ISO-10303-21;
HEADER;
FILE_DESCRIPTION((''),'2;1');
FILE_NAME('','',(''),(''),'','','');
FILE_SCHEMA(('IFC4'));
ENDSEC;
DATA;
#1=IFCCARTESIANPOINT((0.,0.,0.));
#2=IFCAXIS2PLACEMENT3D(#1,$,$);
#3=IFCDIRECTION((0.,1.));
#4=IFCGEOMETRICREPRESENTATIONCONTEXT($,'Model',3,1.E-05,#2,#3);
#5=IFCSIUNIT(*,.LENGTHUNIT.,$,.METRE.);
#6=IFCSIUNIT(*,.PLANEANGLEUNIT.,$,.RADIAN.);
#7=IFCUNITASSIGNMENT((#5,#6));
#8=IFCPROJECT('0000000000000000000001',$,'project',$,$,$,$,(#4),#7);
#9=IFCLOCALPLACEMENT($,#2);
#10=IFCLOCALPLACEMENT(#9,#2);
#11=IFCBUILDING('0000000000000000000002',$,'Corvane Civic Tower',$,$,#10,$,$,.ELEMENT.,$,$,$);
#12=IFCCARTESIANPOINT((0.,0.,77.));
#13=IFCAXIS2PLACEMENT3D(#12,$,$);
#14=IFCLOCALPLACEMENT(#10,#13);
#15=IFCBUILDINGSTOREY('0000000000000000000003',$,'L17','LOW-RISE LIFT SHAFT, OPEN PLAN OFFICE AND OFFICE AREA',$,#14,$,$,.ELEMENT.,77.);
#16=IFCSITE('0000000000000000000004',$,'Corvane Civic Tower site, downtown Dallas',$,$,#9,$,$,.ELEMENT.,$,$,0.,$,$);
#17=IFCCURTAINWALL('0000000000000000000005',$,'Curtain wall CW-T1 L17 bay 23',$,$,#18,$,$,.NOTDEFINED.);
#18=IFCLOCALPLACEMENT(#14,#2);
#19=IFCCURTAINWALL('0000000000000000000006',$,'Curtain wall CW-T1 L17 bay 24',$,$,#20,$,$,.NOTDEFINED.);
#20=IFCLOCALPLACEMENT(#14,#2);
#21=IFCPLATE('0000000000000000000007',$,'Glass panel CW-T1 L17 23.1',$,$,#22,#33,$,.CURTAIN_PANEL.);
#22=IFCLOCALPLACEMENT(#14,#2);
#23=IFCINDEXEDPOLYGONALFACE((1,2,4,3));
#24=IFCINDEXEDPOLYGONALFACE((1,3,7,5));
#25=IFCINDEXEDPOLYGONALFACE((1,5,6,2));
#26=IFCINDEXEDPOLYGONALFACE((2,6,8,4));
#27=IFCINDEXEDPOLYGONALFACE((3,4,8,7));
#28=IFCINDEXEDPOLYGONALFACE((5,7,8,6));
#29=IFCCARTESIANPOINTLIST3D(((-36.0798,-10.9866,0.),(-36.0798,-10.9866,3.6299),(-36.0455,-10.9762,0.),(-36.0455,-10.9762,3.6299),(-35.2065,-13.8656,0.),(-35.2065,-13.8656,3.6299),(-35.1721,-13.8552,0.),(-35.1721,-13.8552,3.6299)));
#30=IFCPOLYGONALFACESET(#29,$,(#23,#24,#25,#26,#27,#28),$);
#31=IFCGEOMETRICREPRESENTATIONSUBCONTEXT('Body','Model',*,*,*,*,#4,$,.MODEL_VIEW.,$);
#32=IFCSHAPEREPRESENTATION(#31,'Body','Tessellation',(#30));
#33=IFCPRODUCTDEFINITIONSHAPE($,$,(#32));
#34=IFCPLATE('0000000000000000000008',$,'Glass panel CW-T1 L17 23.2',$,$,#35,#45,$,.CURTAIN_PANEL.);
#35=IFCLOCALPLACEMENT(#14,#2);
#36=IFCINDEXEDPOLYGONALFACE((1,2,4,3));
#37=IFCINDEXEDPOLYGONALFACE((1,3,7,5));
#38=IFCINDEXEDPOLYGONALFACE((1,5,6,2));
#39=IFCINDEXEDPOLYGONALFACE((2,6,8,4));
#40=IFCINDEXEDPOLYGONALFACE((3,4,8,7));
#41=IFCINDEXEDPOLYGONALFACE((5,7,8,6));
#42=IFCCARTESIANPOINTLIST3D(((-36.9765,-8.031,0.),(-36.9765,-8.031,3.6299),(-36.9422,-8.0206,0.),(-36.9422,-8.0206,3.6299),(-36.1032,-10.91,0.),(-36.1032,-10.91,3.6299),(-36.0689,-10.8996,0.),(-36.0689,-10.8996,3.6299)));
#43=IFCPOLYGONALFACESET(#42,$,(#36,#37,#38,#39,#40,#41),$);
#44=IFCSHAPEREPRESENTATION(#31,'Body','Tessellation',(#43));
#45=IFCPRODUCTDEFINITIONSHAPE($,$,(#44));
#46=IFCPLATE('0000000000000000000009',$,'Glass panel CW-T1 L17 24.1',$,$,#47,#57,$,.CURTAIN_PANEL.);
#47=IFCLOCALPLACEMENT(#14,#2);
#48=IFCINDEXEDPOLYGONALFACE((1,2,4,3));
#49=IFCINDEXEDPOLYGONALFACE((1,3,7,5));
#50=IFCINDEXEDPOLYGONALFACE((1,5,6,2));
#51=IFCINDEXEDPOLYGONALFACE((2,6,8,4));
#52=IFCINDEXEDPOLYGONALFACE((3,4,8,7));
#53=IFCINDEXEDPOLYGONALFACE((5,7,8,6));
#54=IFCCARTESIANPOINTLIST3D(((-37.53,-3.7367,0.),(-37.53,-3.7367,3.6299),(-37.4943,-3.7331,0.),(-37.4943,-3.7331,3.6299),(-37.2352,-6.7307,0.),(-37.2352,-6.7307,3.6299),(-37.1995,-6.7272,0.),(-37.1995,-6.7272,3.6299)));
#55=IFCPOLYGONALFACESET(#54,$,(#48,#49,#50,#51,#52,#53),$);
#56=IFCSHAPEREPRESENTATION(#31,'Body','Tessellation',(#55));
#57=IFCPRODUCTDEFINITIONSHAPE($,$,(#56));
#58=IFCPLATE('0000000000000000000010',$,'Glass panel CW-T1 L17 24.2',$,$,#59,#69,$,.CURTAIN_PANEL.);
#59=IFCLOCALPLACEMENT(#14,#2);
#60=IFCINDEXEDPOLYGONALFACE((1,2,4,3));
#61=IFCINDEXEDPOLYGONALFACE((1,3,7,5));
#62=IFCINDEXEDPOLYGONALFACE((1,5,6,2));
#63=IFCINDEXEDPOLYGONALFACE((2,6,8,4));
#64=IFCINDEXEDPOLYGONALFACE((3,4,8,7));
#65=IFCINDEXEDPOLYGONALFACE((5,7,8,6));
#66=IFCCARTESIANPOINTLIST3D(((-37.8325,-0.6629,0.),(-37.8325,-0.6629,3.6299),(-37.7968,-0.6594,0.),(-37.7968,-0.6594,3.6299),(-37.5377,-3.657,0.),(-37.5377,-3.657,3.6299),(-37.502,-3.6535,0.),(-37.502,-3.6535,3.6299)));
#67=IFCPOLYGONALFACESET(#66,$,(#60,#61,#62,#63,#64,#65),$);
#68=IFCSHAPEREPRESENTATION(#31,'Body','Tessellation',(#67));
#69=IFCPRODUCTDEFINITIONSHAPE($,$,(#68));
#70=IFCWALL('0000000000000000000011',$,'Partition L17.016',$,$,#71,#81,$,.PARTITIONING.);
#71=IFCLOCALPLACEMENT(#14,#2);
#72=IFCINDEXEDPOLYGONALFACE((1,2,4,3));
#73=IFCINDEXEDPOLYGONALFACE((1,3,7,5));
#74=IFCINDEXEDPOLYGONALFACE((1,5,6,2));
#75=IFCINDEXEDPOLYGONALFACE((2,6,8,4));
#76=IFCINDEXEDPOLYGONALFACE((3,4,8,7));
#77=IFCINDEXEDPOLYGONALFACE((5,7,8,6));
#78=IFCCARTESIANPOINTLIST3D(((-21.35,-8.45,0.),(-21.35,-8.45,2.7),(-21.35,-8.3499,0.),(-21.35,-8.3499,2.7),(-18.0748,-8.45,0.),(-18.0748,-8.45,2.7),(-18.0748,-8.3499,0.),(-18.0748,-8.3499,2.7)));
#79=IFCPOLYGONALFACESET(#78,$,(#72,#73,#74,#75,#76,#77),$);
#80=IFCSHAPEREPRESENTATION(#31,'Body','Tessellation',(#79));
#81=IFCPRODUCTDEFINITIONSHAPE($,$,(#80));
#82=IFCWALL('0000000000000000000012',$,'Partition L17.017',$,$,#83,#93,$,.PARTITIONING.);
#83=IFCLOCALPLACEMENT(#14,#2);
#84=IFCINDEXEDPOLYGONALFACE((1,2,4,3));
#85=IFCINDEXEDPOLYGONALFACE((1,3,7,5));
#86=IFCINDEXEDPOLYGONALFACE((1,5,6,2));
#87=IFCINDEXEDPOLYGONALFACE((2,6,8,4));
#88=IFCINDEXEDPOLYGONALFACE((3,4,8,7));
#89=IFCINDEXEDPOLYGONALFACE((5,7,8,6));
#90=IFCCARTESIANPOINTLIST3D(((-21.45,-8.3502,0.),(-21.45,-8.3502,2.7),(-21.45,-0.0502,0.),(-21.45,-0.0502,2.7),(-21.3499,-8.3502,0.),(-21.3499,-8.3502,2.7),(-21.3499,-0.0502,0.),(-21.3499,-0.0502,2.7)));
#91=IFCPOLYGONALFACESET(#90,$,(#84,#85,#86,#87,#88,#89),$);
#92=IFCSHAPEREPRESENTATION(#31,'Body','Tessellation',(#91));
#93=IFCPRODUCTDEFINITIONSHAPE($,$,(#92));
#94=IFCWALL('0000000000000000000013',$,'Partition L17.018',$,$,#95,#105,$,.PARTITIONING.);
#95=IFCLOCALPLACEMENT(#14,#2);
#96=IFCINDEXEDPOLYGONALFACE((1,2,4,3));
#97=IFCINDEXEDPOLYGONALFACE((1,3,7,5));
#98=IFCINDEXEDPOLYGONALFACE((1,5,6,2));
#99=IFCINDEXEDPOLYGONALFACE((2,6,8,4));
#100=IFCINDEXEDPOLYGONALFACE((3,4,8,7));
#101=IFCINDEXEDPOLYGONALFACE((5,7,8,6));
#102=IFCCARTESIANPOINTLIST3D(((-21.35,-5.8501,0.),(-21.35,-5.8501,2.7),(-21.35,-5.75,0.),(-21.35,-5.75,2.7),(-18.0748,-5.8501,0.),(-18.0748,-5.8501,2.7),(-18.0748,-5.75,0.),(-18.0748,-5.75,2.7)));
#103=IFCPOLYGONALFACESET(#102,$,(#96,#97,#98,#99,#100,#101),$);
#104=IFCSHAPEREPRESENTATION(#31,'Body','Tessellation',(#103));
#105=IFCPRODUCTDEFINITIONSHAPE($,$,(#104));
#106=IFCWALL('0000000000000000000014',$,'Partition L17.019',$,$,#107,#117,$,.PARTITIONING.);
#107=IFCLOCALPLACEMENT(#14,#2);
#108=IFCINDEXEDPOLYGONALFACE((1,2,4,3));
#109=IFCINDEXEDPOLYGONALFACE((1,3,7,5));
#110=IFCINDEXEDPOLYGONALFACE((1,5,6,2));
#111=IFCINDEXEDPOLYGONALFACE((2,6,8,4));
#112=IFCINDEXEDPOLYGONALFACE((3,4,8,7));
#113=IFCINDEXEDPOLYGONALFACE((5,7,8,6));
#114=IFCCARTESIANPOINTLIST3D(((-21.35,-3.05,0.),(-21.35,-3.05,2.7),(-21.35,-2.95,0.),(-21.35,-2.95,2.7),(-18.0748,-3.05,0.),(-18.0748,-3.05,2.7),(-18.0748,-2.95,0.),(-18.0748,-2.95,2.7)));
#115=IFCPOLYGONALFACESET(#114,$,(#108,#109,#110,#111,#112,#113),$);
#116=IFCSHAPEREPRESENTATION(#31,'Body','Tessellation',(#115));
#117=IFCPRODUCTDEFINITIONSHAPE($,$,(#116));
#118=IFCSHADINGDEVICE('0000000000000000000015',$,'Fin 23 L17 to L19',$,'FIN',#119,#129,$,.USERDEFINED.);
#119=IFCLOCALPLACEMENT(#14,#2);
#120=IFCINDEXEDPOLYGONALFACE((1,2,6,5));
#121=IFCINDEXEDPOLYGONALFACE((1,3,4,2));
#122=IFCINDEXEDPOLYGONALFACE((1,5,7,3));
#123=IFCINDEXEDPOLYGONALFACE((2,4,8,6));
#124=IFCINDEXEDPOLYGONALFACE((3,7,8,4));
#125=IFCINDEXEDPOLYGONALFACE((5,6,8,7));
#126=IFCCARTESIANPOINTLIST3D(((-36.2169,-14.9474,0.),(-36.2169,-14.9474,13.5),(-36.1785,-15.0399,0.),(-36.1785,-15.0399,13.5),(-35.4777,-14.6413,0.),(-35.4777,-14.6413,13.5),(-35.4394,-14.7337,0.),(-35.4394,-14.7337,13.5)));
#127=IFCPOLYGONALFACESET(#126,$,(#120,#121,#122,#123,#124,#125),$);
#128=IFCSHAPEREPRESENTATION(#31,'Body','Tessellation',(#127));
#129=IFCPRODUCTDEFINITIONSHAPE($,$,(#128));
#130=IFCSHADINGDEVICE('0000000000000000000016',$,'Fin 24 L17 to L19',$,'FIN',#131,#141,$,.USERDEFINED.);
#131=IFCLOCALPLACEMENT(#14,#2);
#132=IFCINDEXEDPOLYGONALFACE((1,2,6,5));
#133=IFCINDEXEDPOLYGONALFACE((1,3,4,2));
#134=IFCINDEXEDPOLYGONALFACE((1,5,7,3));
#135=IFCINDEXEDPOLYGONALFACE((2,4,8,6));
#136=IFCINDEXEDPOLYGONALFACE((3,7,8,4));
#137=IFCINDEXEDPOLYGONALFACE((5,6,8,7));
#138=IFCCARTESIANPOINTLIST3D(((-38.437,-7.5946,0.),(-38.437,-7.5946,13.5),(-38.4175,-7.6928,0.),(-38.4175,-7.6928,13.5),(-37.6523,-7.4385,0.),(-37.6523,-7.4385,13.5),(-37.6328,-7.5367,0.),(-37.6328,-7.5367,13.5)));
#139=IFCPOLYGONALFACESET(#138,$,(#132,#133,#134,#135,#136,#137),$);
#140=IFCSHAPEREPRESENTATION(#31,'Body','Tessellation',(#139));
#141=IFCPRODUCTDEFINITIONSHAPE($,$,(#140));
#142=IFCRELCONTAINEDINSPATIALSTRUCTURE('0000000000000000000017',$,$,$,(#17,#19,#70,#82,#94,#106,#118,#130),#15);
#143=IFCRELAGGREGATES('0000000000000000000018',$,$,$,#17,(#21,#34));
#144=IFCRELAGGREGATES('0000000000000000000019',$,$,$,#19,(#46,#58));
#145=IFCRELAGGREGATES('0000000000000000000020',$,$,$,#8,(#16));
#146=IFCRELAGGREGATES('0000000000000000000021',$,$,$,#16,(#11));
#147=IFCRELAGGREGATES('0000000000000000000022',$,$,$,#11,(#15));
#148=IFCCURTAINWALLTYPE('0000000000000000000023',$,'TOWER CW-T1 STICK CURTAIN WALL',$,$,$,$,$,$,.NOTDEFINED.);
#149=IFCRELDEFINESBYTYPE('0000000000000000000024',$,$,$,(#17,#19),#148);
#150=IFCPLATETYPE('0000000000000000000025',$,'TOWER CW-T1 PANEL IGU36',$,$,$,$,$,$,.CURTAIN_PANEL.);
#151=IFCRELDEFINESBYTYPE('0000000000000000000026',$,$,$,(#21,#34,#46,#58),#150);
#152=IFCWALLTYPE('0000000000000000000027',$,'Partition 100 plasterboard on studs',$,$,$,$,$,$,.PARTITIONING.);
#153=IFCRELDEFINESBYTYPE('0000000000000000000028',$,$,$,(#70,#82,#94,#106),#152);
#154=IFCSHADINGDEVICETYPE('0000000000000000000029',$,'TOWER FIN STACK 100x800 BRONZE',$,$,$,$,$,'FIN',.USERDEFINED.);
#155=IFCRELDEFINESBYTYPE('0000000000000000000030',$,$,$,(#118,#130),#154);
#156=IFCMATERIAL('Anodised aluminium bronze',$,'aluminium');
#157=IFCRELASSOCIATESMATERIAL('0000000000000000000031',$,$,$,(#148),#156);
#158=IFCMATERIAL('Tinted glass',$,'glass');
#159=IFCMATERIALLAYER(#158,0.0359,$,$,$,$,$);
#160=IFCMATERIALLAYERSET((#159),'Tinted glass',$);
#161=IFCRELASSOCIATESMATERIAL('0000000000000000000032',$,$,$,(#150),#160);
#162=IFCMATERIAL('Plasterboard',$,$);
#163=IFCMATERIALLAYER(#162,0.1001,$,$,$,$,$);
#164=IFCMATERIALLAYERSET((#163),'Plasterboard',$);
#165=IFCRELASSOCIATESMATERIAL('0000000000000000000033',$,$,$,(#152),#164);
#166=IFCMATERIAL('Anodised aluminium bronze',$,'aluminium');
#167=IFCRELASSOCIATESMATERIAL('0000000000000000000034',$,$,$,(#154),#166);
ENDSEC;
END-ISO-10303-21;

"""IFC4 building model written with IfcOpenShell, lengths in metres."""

from ifc_helpers import new_model, si_unit, direction, frame, frame_2d, origin, origin_2d, place, context, subcontext, project, spatial, rectangle, extrude, material, layer, layer_set, material_profile, profile_set, type_object, element, aggregate, save


model = new_model("IFC4")

# Units and contexts
model_context = context("Model", 3, precision=1e-05, world=origin(), true_north=direction((0.0, 1.0)))
body_context = subcontext(model_context, "Body", "Model", "MODEL_VIEW")
ifc_project = project(units=[si_unit("LENGTHUNIT", "METRE"), si_unit("PLANEANGLEUNIT", "RADIAN")], contexts=[model_context])

# Site, building, storey
site_placement = place(None, origin())
site = spatial("IfcSite", under=ifc_project, at=site_placement, Name="Corvane Civic Tower site, downtown Dallas", CompositionType="ELEMENT", RefElevation=0.0)
building_placement = place(site_placement, origin())
building = spatial("IfcBuilding", under=site, at=building_placement, Name="Corvane Civic Tower", CompositionType="ELEMENT")
storey_placement = place(building_placement, frame((0.0, 0.0, 77.0)))
storey = spatial("IfcBuildingStorey", under=building, at=storey_placement, Name="L17", Description="LOW-RISE LIFT SHAFT, OPEN PLAN OFFICE AND OFFICE AREA", CompositionType="ELEMENT", Elevation=77.0)

# Shared definitions
ifc_material_1 = material(Name="Anodised aluminium bronze", Category="aluminium")
curtain_wall_type = type_object("IfcCurtainWallType", Name="TOWER CW-T1 STICK CURTAIN WALL", PredefinedType="NOTDEFINED", material=ifc_material_1)

# Curtain walls
curtain_wall_1_placement = place(storey_placement, origin())
curtain_wall_1 = element("IfcCurtainWall", 1, at=curtain_wall_1_placement, inside=storey, type_object=curtain_wall_type, Name="Curtain wall CW-T1 L17 bay 23", PredefinedType="NOTDEFINED")
curtain_wall_2_placement = place(storey_placement, origin())
curtain_wall_2 = element("IfcCurtainWall", 2, at=curtain_wall_2_placement, inside=storey, type_object=curtain_wall_type, Name="Curtain wall CW-T1 L17 bay 24", PredefinedType="NOTDEFINED")

# Plates
ifc_material_2 = material(Name="Tinted glass", Category="glass")
ifc_layer_1 = layer(ifc_material_2, 0.0359)
ifc_layer_set_1 = layer_set([ifc_layer_1], Name="Tinted glass")
plate_type = type_object("IfcPlateType", Name="TOWER CW-T1 PANEL IGU36", PredefinedType="CURTAIN_PANEL", material=ifc_layer_set_1)
plate_1_placement = place(storey_placement, frame((-35.626, -12.4209, 0.0), z_axis=(0.0, 0.0, 1.0), x_axis=(-0.290278, 0.956942, 0.0)))
plate_1 = element("IfcPlate", 3, at=plate_1_placement, type_object=plate_type, Name="Glass panel CW-T1 L17 23.1", PredefinedType="CURTAIN_PANEL", context=body_context, shape_type="SweptSolid", body=[
    extrude(rectangle(XDim=3.0085, YDim=0.0359, at=origin_2d()), origin(), (0.0, 0.0, 1.0), 3.6299),
])
plate_2_placement = place(storey_placement, frame((-36.5227, -9.4653, 0.0), z_axis=(0.0, 0.0, 1.0), x_axis=(-0.290278, 0.956942, 0.0)))
plate_2 = element("IfcPlate", 4, at=plate_2_placement, type_object=plate_type, Name="Glass panel CW-T1 L17 23.2", PredefinedType="CURTAIN_PANEL", context=body_context, shape_type="SweptSolid", body=[
    extrude(rectangle(XDim=3.0085, YDim=0.0359, at=origin_2d()), origin(), (0.0, 0.0, 1.0), 3.6299),
])
aggregate(curtain_wall_1, [plate_1, plate_2])
plate_3_placement = place(storey_placement, frame((-37.3647, -5.2319, 0.0), z_axis=(0.0, 0.0, 1.0), x_axis=(-0.098006, 0.995186, 0.0)))
plate_3 = element("IfcPlate", 5, at=plate_3_placement, type_object=plate_type, Name="Glass panel CW-T1 L17 24.1", PredefinedType="CURTAIN_PANEL", context=body_context, shape_type="SweptSolid", body=[
    extrude(rectangle(XDim=3.0085, YDim=0.0359, at=origin_2d()), origin(), (0.0, 0.0, 1.0), 3.6299),
])
plate_4_placement = place(storey_placement, frame((-37.6672, -2.1582, 0.0), z_axis=(0.0, 0.0, 1.0), x_axis=(-0.098006, 0.995186, 0.0)))
plate_4 = element("IfcPlate", 6, at=plate_4_placement, type_object=plate_type, Name="Glass panel CW-T1 L17 24.2", PredefinedType="CURTAIN_PANEL", context=body_context, shape_type="SweptSolid", body=[
    extrude(rectangle(XDim=3.0085, YDim=0.0359, at=origin_2d()), origin(), (0.0, 0.0, 1.0), 3.6299),
])
aggregate(curtain_wall_2, [plate_3, plate_4])

# Walls
ifc_material_3 = material(Name="Plasterboard")
ifc_layer_2 = layer(ifc_material_3, 0.1001)
ifc_layer_set_2 = layer_set([ifc_layer_2], Name="Plasterboard")
wall_type = type_object("IfcWallType", Name="Partition 100 plasterboard on studs", PredefinedType="PARTITIONING", material=ifc_layer_set_2)
wall_1_placement = place(storey_placement, frame((-21.3501, -8.3999, 0.0), z_axis=(0.0, 0.0, 1.0), x_axis=(1.0, 0.0, 0.0)))
element("IfcWall", 7, at=wall_1_placement, inside=storey, type_object=wall_type, Name="Partition L17.016", PredefinedType="PARTITIONING", context=body_context, shape_type="SweptSolid", body=[
    extrude(rectangle(XDim=3.2751, YDim=0.1001, at=frame_2d((1.6377, 0.0))), origin(), (0.0, 0.0, 1.0), 2.7),
])
wall_2_placement = place(storey_placement, frame((-21.3999, -8.3501, 0.0), z_axis=(0.0, 0.0, 1.0), x_axis=(0.0, 1.0, 0.0)))
element("IfcWall", 8, at=wall_2_placement, inside=storey, type_object=wall_type, Name="Partition L17.017", PredefinedType="PARTITIONING", context=body_context, shape_type="SweptSolid", body=[
    extrude(rectangle(XDim=8.3, YDim=0.1001, at=frame_2d((4.1499, 0.0))), origin(), (0.0, 0.0, 1.0), 2.7),
])
for number, where, z_axis, x_axis, name in (
    (9, (-21.3501, -5.8, 0.0), (0.0, 0.0, 1.0), (1.0, 0.0, 0.0), "Partition L17.018"),
    (10, (-21.3501, -3.0, 0.0), (0.0, 0.0, 1.0), (1.0, 0.0, 0.0), "Partition L17.019"),
):
    element("IfcWall", number, at=place(storey_placement, frame(where, z_axis=z_axis, x_axis=x_axis)), inside=storey, type_object=wall_type, Name=name, PredefinedType="PARTITIONING", context=body_context, shape_type="SweptSolid", body=[
        extrude(rectangle(XDim=3.2751, YDim=0.1001, at=frame_2d((1.6377, 0.0))), origin(), (0.0, 0.0, 1.0), 2.7),
    ])

# Shading devices
ifc_material_4 = material(Name="Anodised aluminium bronze", Category="aluminium")
ifc_material_profile_1 = material_profile(ifc_material_4, rectangle(XDim=0.1001, YDim=0.8, at=origin_2d()), Name="TOWER FIN STACK 100x800 BRONZE")
ifc_profile_set_1 = profile_set([ifc_material_profile_1], Name="Anodised aluminium bronze")
shading_device_type = type_object("IfcShadingDeviceType", Name="TOWER FIN STACK 100x800 BRONZE", ElementType="FIN", PredefinedType="USERDEFINED", material=ifc_profile_set_1)
for number, where, z_axis, x_axis, name in (
    (11, (-35.8281, -14.8406, 0.0), (0.0, 0.0, 1.0), (-0.382683, 0.92388, 0.0), "Fin 23 L17 to L19"),
    (12, (-38.0349, -7.5657, 0.0), (0.0, 0.0, 1.0), (-0.19509, 0.980785, 0.0), "Fin 24 L17 to L19"),
):
    element("IfcShadingDevice", number, at=place(storey_placement, frame(where, z_axis=z_axis, x_axis=x_axis)), inside=storey, type_object=shading_device_type, Name=name, ObjectType="FIN", PredefinedType="USERDEFINED", context=body_context, shape_type="SweptSolid", body=[
        extrude(rectangle(XDim=0.1001, YDim=0.8, at=origin_2d()), origin(), (0.0, 0.0, 1.0), 13.5),
    ])

save(model, "model.ifc")
